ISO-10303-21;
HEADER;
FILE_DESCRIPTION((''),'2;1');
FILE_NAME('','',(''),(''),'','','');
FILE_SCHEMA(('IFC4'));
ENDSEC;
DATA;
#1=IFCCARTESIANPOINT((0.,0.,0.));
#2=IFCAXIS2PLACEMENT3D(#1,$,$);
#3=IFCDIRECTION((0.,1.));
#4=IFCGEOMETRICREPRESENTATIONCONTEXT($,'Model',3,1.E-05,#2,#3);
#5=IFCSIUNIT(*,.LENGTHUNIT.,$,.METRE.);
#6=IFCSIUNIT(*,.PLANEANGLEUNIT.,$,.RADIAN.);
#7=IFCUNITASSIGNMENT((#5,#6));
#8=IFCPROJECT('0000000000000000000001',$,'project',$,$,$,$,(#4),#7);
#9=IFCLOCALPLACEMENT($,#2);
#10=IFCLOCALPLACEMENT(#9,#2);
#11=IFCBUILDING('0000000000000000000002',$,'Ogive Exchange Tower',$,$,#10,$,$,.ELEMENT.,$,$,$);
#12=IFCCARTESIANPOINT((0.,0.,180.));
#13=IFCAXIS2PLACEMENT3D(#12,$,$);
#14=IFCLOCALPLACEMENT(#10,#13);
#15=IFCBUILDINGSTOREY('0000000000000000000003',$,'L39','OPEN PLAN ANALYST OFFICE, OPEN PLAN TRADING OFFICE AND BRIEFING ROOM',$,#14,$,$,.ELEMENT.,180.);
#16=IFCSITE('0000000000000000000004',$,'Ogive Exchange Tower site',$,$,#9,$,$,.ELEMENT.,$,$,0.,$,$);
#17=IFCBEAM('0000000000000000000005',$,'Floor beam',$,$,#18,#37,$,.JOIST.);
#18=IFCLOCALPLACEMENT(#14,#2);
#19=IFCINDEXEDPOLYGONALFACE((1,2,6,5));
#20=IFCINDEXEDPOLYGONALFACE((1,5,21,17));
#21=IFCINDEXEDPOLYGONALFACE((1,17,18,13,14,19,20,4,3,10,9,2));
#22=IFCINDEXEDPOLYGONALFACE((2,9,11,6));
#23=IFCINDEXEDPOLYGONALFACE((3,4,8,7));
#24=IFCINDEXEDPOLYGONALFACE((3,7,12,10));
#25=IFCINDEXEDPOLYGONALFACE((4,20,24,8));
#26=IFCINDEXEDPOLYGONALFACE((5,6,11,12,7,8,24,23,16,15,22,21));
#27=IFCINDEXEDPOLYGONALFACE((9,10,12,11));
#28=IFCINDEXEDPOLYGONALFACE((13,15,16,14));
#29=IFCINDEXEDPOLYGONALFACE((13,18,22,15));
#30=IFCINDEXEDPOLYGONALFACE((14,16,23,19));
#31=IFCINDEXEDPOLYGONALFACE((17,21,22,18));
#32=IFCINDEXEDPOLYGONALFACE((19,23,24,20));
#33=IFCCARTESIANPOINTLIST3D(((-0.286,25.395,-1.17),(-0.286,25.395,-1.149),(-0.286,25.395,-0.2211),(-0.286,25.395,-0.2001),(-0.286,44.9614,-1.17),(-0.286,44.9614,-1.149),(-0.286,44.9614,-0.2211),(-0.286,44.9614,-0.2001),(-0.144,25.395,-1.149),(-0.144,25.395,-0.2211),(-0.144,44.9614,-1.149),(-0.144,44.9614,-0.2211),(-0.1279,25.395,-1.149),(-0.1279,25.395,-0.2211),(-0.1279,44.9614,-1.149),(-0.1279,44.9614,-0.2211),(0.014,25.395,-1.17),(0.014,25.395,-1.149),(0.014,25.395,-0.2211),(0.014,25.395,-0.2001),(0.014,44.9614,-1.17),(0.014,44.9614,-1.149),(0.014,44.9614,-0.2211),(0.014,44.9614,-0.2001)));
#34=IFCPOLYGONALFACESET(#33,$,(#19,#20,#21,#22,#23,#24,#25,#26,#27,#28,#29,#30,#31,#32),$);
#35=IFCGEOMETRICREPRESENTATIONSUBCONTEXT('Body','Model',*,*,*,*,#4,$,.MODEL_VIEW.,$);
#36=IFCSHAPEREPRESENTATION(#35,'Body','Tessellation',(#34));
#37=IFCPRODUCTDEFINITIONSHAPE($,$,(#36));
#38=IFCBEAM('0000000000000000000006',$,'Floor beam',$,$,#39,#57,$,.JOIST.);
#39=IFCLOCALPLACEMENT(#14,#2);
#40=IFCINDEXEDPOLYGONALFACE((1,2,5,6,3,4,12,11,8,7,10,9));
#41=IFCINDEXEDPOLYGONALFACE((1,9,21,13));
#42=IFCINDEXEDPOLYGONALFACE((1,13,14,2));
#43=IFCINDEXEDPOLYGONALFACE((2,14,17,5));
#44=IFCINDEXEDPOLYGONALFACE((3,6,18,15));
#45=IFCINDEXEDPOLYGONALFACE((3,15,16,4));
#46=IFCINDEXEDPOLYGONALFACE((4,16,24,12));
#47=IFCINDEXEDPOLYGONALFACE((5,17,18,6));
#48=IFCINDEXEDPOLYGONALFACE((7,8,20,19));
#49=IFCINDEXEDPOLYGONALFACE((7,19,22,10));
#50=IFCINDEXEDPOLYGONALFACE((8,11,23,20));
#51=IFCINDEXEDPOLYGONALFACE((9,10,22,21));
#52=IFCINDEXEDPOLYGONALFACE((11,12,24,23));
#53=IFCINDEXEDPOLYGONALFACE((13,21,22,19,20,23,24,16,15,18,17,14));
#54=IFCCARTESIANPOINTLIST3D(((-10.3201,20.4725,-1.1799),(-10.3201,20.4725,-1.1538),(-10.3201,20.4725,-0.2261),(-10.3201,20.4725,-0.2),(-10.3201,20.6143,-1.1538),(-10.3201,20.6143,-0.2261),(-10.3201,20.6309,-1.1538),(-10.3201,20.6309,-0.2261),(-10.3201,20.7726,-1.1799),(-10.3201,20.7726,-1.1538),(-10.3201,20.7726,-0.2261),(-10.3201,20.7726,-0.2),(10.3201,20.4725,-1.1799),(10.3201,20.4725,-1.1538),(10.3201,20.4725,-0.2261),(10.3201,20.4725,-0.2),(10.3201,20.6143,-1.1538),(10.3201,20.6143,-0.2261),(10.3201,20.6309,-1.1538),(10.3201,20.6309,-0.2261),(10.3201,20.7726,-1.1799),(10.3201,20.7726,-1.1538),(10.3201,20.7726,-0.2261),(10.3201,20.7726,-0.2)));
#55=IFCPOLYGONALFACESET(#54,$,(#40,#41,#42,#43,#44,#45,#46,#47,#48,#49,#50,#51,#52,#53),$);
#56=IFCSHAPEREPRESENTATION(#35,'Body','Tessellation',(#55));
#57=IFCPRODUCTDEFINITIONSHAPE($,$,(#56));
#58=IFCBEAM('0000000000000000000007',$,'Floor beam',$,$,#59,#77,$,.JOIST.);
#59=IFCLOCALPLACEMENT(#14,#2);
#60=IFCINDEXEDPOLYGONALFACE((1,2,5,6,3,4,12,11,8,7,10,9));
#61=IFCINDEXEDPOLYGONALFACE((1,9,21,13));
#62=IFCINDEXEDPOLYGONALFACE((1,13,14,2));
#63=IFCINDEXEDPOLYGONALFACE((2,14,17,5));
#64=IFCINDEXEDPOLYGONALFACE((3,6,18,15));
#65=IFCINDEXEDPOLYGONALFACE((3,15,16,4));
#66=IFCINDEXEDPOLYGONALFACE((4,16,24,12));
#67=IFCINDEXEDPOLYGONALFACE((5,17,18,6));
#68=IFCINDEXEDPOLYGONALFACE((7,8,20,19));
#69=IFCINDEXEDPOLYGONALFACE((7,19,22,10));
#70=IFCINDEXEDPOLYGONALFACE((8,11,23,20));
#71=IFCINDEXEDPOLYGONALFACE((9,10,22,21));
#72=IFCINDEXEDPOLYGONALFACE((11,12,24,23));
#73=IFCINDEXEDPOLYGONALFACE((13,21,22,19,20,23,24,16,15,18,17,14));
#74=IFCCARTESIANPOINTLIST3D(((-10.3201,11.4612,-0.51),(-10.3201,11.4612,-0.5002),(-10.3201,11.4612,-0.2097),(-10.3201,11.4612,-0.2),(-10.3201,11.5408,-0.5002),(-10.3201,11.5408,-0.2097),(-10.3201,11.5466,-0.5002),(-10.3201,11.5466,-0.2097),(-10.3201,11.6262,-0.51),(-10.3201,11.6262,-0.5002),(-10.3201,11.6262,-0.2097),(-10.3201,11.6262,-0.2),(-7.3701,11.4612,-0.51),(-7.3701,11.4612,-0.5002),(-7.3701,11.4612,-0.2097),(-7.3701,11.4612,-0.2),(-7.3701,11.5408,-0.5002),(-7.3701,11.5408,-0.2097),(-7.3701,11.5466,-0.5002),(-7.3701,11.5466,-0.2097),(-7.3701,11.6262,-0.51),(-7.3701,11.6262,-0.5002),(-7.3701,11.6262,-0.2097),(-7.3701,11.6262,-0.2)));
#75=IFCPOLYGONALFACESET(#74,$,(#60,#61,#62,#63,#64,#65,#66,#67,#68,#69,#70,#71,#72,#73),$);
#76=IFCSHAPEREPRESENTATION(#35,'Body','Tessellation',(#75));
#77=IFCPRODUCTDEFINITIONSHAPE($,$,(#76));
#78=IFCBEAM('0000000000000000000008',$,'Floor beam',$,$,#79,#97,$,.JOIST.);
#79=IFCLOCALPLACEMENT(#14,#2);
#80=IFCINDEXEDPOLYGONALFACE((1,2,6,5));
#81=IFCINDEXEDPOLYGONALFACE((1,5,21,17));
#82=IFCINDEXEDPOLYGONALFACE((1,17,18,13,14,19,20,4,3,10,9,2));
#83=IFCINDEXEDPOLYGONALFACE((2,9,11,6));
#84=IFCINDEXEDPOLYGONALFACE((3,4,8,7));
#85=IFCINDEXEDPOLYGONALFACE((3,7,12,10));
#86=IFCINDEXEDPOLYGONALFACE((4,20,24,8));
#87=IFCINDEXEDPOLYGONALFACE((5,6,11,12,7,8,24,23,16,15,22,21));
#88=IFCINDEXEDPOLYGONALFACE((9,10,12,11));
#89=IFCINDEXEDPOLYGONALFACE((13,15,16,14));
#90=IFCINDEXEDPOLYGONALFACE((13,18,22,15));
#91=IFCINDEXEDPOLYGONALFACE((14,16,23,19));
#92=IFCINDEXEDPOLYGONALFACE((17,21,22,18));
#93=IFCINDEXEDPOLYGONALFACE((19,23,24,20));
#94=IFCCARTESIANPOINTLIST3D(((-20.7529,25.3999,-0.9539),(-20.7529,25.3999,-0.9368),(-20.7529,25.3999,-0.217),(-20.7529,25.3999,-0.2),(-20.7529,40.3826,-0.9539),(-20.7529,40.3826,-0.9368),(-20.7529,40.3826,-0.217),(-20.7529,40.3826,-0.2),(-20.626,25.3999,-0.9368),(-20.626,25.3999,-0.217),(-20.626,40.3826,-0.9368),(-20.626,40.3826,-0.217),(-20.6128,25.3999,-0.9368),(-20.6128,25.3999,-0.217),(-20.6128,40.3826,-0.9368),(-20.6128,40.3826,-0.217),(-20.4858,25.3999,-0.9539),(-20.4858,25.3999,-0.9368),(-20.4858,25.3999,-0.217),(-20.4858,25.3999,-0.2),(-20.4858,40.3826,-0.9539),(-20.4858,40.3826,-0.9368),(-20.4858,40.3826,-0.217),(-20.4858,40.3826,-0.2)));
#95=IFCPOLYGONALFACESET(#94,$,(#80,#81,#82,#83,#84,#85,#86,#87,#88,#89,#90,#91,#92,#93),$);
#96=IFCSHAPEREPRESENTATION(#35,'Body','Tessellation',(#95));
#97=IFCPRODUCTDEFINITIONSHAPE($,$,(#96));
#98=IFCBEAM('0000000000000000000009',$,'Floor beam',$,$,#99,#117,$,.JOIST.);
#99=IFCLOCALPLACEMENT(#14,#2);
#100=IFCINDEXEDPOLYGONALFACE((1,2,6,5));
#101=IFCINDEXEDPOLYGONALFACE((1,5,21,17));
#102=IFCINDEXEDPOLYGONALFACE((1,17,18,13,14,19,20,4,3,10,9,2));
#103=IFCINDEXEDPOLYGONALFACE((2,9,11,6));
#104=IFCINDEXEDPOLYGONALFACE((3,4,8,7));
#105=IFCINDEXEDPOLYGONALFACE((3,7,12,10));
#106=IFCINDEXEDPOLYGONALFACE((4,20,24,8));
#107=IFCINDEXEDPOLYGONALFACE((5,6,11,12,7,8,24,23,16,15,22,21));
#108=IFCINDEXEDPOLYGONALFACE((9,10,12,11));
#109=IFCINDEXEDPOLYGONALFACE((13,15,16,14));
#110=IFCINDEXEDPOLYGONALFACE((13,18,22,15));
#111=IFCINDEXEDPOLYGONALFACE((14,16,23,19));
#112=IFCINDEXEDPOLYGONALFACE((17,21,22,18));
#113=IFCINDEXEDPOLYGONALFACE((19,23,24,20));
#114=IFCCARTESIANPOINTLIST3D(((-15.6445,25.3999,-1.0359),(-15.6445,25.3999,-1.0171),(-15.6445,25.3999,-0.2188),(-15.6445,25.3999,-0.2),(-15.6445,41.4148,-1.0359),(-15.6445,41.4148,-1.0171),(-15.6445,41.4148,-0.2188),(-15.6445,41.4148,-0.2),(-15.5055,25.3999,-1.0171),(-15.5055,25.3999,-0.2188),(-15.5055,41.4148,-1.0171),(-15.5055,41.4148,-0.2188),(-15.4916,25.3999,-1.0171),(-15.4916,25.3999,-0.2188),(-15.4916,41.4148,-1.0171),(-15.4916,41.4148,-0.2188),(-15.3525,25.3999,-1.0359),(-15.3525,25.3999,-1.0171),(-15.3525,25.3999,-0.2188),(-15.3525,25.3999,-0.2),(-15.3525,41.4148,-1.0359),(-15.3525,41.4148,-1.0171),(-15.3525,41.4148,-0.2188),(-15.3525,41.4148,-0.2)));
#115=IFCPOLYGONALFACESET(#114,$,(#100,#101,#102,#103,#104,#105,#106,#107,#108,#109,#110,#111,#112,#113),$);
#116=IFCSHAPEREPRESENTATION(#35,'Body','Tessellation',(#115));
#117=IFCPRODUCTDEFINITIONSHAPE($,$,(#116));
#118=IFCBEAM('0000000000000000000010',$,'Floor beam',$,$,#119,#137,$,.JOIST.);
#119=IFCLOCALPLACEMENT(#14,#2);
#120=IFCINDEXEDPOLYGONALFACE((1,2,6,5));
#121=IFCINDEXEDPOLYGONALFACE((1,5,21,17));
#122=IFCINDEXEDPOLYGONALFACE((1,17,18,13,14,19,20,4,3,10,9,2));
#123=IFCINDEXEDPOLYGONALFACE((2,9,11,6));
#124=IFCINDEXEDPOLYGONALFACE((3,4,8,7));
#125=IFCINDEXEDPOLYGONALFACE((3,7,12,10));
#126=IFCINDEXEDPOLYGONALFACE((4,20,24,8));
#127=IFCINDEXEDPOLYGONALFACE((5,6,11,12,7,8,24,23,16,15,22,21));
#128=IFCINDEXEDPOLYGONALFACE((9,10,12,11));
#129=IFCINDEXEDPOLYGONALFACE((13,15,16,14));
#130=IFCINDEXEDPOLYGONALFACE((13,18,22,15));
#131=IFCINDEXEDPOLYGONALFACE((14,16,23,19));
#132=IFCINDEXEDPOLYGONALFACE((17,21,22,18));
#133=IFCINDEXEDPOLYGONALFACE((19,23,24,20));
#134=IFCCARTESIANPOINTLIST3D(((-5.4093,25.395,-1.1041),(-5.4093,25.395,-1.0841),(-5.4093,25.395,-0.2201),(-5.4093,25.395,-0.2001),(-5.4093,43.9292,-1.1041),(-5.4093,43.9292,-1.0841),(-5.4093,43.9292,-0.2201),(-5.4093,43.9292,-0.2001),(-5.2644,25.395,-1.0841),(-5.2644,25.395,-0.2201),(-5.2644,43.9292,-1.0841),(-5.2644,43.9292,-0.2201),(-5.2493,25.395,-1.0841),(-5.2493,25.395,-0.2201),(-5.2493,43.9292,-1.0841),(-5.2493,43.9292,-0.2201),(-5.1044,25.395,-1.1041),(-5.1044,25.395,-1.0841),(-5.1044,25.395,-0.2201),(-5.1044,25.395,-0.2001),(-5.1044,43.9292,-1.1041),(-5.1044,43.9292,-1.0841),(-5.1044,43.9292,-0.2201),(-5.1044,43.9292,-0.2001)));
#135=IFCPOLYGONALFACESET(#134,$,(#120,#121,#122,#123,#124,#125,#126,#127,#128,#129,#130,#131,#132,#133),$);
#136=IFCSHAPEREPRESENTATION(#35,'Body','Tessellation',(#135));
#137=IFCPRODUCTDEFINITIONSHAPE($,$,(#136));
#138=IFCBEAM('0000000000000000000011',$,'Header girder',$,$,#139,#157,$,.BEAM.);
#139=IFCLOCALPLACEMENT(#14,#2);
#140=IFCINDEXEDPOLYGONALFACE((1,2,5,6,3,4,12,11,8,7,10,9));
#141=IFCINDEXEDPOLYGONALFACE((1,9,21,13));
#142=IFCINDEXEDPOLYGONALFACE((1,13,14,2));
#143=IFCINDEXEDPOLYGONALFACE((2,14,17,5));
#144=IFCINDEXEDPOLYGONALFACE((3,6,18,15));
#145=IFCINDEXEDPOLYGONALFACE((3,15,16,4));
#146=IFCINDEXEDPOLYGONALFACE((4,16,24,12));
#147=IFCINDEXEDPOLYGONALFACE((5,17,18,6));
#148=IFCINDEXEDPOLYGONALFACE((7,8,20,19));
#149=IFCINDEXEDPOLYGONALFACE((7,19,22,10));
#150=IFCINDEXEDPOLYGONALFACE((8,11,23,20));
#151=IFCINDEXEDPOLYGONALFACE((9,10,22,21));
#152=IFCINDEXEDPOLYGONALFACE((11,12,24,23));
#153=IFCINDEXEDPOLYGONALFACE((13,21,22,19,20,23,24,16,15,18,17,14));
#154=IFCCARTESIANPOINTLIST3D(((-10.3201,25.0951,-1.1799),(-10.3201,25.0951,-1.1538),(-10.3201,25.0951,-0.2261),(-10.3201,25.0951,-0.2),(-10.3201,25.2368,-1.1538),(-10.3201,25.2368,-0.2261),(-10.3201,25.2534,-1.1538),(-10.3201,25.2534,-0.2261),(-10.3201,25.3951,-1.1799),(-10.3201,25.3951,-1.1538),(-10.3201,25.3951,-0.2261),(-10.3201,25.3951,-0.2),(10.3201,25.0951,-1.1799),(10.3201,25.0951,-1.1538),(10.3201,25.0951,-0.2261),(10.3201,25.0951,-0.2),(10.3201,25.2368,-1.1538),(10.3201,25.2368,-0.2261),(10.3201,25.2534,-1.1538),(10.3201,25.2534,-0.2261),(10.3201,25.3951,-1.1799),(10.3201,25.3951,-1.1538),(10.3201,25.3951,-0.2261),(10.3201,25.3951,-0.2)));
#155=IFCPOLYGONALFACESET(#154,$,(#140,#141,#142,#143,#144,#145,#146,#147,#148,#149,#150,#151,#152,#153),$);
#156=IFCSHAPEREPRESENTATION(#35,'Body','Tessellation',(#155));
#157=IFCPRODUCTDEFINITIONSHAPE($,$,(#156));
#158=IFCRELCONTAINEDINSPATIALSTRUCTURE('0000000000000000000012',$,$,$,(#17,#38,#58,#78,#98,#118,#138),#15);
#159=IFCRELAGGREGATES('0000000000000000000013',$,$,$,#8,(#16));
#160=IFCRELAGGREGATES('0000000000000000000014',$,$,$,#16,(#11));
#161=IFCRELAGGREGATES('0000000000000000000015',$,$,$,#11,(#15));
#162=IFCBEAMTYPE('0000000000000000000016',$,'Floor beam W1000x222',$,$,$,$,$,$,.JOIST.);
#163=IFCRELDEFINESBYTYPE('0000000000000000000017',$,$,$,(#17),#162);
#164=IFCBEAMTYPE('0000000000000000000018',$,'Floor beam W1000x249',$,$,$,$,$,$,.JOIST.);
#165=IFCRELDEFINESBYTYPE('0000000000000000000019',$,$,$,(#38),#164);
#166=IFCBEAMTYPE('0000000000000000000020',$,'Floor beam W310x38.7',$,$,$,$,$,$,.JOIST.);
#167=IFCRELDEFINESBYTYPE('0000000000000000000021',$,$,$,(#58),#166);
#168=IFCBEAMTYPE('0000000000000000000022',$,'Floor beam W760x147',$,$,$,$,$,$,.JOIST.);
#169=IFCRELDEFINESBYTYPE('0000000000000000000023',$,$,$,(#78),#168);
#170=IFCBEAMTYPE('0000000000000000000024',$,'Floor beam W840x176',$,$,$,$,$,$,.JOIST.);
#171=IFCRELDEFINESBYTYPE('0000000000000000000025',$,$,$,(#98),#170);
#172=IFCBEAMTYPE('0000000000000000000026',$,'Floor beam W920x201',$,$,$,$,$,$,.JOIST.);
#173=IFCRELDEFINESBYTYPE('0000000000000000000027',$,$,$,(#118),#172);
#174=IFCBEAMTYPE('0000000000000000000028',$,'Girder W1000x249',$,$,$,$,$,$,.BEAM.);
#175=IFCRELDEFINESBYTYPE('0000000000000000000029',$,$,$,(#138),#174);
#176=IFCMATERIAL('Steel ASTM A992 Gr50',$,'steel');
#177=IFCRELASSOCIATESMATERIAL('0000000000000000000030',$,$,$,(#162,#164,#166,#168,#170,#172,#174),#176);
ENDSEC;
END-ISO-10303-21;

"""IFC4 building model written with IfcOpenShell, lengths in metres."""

from ifc_helpers import new_model, si_unit, direction, frame, origin, origin_2d, place, context, subcontext, project, spatial, i_section, extrude, material, material_profile, profile_set, type_object, element, save


model = new_model("IFC4")

# Units and contexts
model_context = context("Model", 3, precision=1e-05, world=origin(), true_north=direction((0.0, 1.0)))
body_context = subcontext(model_context, "Body", "Model", "MODEL_VIEW")
ifc_project = project(units=[si_unit("LENGTHUNIT", "METRE"), si_unit("PLANEANGLEUNIT", "RADIAN")], contexts=[model_context])

# Site, building, storey
site_placement = place(None, origin())
site = spatial("IfcSite", under=ifc_project, at=site_placement, Name="Ogive Exchange Tower site", CompositionType="ELEMENT", RefElevation=0.0)
building_placement = place(site_placement, origin())
building = spatial("IfcBuilding", under=site, at=building_placement, Name="Ogive Exchange Tower", CompositionType="ELEMENT")
storey_placement = place(building_placement, frame((0.0, 0.0, 180.0)))
storey = spatial("IfcBuildingStorey", under=building, at=storey_placement, Name="L39", Description="OPEN PLAN ANALYST OFFICE, OPEN PLAN TRADING OFFICE AND BRIEFING ROOM", CompositionType="ELEMENT", Elevation=180.0)

# Beams
ifc_material_1 = material(Name="Steel ASTM A992 Gr50", Category="steel")
ifc_material_profile_1 = material_profile(ifc_material_1, i_section(OverallWidth=0.3, OverallDepth=0.97, WebThickness=0.0161, FlangeThickness=0.021, at=origin_2d()), Name="W1000x222")
ifc_profile_set_1 = profile_set([ifc_material_profile_1], Name="Steel ASTM A992 Gr50")
beam_type_1 = type_object("IfcBeamType", Name="Floor beam W1000x222", PredefinedType="JOIST", material=ifc_profile_set_1)
beam_1_placement = place(storey_placement, frame((-0.136, 25.395, -0.6851), z_axis=(0.0, 1.0, 0.0), x_axis=(-1.0, 0.0, 0.0)))
element("IfcBeam", 1, at=beam_1_placement, inside=storey, type_object=beam_type_1, Name="Floor beam", PredefinedType="JOIST", context=body_context, shape_type="SweptSolid", body=[
    extrude(i_section(OverallWidth=0.3, OverallDepth=0.97, WebThickness=0.0161, FlangeThickness=0.021, at=origin_2d()), origin(), (0.0, 0.0, 1.0), 19.5664),
])
ifc_material_profile_2 = material_profile(ifc_material_1, i_section(OverallWidth=0.3, OverallDepth=0.98, WebThickness=0.0166, FlangeThickness=0.0261, at=origin_2d()), Name="W1000x249")
ifc_profile_set_2 = profile_set([ifc_material_profile_2], Name="Steel ASTM A992 Gr50")
beam_type_2 = type_object("IfcBeamType", Name="Floor beam W1000x249", PredefinedType="JOIST", material=ifc_profile_set_2)
beam_2_placement = place(storey_placement, frame((-10.3201, 20.6226, -0.6899), z_axis=(1.0, 0.0, 0.0), x_axis=(0.0, 1.0, 0.0)))
element("IfcBeam", 2, at=beam_2_placement, inside=storey, type_object=beam_type_2, Name="Floor beam", PredefinedType="JOIST", context=body_context, shape_type="SweptSolid", body=[
    extrude(i_section(OverallWidth=0.3, OverallDepth=0.98, WebThickness=0.0166, FlangeThickness=0.0261, at=origin_2d()), origin(), (0.0, 0.0, 1.0), 20.6401),
])
ifc_material_profile_3 = material_profile(ifc_material_1, i_section(OverallWidth=0.165, OverallDepth=0.3101, WebThickness=0.0059, FlangeThickness=0.0098, at=origin_2d()), Name="W310x38.7")
ifc_profile_set_3 = profile_set([ifc_material_profile_3], Name="Steel ASTM A992 Gr50")
beam_type_3 = type_object("IfcBeamType", Name="Floor beam W310x38.7", PredefinedType="JOIST", material=ifc_profile_set_3)
beam_3_placement = place(storey_placement, frame((-10.3201, 11.5437, -0.355), z_axis=(1.0, 0.0, 0.0), x_axis=(0.0, 1.0, 0.0)))
element("IfcBeam", 3, at=beam_3_placement, inside=storey, type_object=beam_type_3, Name="Floor beam", PredefinedType="JOIST", context=body_context, shape_type="SweptSolid", body=[
    extrude(i_section(OverallWidth=0.165, OverallDepth=0.3101, WebThickness=0.0059, FlangeThickness=0.0098, at=origin_2d()), origin(), (0.0, 0.0, 1.0), 2.95),
])
ifc_material_profile_4 = material_profile(ifc_material_1, i_section(OverallWidth=0.2671, OverallDepth=0.7539, WebThickness=0.0132, FlangeThickness=0.0171, at=origin_2d()), Name="W760x147")
ifc_profile_set_4 = profile_set([ifc_material_profile_4], Name="Steel ASTM A992 Gr50")
beam_type_4 = type_object("IfcBeamType", Name="Floor beam W760x147", PredefinedType="JOIST", material=ifc_profile_set_4)
beam_4_placement = place(storey_placement, frame((-20.6194, 25.3999, -0.5769), z_axis=(0.0, 1.0, 0.0), x_axis=(-1.0, 0.0, 0.0)))
element("IfcBeam", 4, at=beam_4_placement, inside=storey, type_object=beam_type_4, Name="Floor beam", PredefinedType="JOIST", context=body_context, shape_type="SweptSolid", body=[
    extrude(i_section(OverallWidth=0.2671, OverallDepth=0.7539, WebThickness=0.0132, FlangeThickness=0.0171, at=origin_2d()), origin(), (0.0, 0.0, 1.0), 14.9827),
])
ifc_material_profile_5 = material_profile(ifc_material_1, i_section(OverallWidth=0.292, OverallDepth=0.8359, WebThickness=0.0139, FlangeThickness=0.0188, at=origin_2d()), Name="W840x176")
ifc_profile_set_5 = profile_set([ifc_material_profile_5], Name="Steel ASTM A992 Gr50")
beam_type_5 = type_object("IfcBeamType", Name="Floor beam W840x176", PredefinedType="JOIST", material=ifc_profile_set_5)
beam_5_placement = place(storey_placement, frame((-15.4985, 25.3999, -0.6179), z_axis=(0.0, 1.0, 0.0), x_axis=(-1.0, 0.0, 0.0)))
element("IfcBeam", 5, at=beam_5_placement, inside=storey, type_object=beam_type_5, Name="Floor beam", PredefinedType="JOIST", context=body_context, shape_type="SweptSolid", body=[
    extrude(i_section(OverallWidth=0.292, OverallDepth=0.8359, WebThickness=0.0139, FlangeThickness=0.0188, at=origin_2d()), origin(), (0.0, 0.0, 1.0), 16.0149),
])
ifc_material_profile_6 = material_profile(ifc_material_1, i_section(OverallWidth=0.3049, OverallDepth=0.9041, WebThickness=0.0151, FlangeThickness=0.02, at=origin_2d()), Name="W920x201")
ifc_profile_set_6 = profile_set([ifc_material_profile_6], Name="Steel ASTM A992 Gr50")
beam_type_6 = type_object("IfcBeamType", Name="Floor beam W920x201", PredefinedType="JOIST", material=ifc_profile_set_6)
beam_6_placement = place(storey_placement, frame((-5.2568, 25.395, -0.6521), z_axis=(0.0, 1.0, 0.0), x_axis=(-1.0, 0.0, 0.0)))
element("IfcBeam", 6, at=beam_6_placement, inside=storey, type_object=beam_type_6, Name="Floor beam", PredefinedType="JOIST", context=body_context, shape_type="SweptSolid", body=[
    extrude(i_section(OverallWidth=0.3049, OverallDepth=0.9041, WebThickness=0.0151, FlangeThickness=0.02, at=origin_2d()), origin(), (0.0, 0.0, 1.0), 18.5342),
])
ifc_material_profile_7 = material_profile(ifc_material_1, i_section(OverallWidth=0.3, OverallDepth=0.98, WebThickness=0.0166, FlangeThickness=0.0261, at=origin_2d()), Name="W1000x249")
ifc_profile_set_7 = profile_set([ifc_material_profile_7], Name="Steel ASTM A992 Gr50")
beam_type_7 = type_object("IfcBeamType", Name="Girder W1000x249", PredefinedType="BEAM", material=ifc_profile_set_7)
beam_7_placement = place(storey_placement, frame((-10.3201, 25.2451, -0.6899), z_axis=(1.0, 0.0, 0.0), x_axis=(0.0, 1.0, 0.0)))
element("IfcBeam", 7, at=beam_7_placement, inside=storey, type_object=beam_type_7, Name="Header girder", PredefinedType="BEAM", context=body_context, shape_type="SweptSolid", body=[
    extrude(i_section(OverallWidth=0.3, OverallDepth=0.98, WebThickness=0.0166, FlangeThickness=0.0261, at=origin_2d()), origin(), (0.0, 0.0, 1.0), 20.6401),
])

save(model, "model.ifc")
